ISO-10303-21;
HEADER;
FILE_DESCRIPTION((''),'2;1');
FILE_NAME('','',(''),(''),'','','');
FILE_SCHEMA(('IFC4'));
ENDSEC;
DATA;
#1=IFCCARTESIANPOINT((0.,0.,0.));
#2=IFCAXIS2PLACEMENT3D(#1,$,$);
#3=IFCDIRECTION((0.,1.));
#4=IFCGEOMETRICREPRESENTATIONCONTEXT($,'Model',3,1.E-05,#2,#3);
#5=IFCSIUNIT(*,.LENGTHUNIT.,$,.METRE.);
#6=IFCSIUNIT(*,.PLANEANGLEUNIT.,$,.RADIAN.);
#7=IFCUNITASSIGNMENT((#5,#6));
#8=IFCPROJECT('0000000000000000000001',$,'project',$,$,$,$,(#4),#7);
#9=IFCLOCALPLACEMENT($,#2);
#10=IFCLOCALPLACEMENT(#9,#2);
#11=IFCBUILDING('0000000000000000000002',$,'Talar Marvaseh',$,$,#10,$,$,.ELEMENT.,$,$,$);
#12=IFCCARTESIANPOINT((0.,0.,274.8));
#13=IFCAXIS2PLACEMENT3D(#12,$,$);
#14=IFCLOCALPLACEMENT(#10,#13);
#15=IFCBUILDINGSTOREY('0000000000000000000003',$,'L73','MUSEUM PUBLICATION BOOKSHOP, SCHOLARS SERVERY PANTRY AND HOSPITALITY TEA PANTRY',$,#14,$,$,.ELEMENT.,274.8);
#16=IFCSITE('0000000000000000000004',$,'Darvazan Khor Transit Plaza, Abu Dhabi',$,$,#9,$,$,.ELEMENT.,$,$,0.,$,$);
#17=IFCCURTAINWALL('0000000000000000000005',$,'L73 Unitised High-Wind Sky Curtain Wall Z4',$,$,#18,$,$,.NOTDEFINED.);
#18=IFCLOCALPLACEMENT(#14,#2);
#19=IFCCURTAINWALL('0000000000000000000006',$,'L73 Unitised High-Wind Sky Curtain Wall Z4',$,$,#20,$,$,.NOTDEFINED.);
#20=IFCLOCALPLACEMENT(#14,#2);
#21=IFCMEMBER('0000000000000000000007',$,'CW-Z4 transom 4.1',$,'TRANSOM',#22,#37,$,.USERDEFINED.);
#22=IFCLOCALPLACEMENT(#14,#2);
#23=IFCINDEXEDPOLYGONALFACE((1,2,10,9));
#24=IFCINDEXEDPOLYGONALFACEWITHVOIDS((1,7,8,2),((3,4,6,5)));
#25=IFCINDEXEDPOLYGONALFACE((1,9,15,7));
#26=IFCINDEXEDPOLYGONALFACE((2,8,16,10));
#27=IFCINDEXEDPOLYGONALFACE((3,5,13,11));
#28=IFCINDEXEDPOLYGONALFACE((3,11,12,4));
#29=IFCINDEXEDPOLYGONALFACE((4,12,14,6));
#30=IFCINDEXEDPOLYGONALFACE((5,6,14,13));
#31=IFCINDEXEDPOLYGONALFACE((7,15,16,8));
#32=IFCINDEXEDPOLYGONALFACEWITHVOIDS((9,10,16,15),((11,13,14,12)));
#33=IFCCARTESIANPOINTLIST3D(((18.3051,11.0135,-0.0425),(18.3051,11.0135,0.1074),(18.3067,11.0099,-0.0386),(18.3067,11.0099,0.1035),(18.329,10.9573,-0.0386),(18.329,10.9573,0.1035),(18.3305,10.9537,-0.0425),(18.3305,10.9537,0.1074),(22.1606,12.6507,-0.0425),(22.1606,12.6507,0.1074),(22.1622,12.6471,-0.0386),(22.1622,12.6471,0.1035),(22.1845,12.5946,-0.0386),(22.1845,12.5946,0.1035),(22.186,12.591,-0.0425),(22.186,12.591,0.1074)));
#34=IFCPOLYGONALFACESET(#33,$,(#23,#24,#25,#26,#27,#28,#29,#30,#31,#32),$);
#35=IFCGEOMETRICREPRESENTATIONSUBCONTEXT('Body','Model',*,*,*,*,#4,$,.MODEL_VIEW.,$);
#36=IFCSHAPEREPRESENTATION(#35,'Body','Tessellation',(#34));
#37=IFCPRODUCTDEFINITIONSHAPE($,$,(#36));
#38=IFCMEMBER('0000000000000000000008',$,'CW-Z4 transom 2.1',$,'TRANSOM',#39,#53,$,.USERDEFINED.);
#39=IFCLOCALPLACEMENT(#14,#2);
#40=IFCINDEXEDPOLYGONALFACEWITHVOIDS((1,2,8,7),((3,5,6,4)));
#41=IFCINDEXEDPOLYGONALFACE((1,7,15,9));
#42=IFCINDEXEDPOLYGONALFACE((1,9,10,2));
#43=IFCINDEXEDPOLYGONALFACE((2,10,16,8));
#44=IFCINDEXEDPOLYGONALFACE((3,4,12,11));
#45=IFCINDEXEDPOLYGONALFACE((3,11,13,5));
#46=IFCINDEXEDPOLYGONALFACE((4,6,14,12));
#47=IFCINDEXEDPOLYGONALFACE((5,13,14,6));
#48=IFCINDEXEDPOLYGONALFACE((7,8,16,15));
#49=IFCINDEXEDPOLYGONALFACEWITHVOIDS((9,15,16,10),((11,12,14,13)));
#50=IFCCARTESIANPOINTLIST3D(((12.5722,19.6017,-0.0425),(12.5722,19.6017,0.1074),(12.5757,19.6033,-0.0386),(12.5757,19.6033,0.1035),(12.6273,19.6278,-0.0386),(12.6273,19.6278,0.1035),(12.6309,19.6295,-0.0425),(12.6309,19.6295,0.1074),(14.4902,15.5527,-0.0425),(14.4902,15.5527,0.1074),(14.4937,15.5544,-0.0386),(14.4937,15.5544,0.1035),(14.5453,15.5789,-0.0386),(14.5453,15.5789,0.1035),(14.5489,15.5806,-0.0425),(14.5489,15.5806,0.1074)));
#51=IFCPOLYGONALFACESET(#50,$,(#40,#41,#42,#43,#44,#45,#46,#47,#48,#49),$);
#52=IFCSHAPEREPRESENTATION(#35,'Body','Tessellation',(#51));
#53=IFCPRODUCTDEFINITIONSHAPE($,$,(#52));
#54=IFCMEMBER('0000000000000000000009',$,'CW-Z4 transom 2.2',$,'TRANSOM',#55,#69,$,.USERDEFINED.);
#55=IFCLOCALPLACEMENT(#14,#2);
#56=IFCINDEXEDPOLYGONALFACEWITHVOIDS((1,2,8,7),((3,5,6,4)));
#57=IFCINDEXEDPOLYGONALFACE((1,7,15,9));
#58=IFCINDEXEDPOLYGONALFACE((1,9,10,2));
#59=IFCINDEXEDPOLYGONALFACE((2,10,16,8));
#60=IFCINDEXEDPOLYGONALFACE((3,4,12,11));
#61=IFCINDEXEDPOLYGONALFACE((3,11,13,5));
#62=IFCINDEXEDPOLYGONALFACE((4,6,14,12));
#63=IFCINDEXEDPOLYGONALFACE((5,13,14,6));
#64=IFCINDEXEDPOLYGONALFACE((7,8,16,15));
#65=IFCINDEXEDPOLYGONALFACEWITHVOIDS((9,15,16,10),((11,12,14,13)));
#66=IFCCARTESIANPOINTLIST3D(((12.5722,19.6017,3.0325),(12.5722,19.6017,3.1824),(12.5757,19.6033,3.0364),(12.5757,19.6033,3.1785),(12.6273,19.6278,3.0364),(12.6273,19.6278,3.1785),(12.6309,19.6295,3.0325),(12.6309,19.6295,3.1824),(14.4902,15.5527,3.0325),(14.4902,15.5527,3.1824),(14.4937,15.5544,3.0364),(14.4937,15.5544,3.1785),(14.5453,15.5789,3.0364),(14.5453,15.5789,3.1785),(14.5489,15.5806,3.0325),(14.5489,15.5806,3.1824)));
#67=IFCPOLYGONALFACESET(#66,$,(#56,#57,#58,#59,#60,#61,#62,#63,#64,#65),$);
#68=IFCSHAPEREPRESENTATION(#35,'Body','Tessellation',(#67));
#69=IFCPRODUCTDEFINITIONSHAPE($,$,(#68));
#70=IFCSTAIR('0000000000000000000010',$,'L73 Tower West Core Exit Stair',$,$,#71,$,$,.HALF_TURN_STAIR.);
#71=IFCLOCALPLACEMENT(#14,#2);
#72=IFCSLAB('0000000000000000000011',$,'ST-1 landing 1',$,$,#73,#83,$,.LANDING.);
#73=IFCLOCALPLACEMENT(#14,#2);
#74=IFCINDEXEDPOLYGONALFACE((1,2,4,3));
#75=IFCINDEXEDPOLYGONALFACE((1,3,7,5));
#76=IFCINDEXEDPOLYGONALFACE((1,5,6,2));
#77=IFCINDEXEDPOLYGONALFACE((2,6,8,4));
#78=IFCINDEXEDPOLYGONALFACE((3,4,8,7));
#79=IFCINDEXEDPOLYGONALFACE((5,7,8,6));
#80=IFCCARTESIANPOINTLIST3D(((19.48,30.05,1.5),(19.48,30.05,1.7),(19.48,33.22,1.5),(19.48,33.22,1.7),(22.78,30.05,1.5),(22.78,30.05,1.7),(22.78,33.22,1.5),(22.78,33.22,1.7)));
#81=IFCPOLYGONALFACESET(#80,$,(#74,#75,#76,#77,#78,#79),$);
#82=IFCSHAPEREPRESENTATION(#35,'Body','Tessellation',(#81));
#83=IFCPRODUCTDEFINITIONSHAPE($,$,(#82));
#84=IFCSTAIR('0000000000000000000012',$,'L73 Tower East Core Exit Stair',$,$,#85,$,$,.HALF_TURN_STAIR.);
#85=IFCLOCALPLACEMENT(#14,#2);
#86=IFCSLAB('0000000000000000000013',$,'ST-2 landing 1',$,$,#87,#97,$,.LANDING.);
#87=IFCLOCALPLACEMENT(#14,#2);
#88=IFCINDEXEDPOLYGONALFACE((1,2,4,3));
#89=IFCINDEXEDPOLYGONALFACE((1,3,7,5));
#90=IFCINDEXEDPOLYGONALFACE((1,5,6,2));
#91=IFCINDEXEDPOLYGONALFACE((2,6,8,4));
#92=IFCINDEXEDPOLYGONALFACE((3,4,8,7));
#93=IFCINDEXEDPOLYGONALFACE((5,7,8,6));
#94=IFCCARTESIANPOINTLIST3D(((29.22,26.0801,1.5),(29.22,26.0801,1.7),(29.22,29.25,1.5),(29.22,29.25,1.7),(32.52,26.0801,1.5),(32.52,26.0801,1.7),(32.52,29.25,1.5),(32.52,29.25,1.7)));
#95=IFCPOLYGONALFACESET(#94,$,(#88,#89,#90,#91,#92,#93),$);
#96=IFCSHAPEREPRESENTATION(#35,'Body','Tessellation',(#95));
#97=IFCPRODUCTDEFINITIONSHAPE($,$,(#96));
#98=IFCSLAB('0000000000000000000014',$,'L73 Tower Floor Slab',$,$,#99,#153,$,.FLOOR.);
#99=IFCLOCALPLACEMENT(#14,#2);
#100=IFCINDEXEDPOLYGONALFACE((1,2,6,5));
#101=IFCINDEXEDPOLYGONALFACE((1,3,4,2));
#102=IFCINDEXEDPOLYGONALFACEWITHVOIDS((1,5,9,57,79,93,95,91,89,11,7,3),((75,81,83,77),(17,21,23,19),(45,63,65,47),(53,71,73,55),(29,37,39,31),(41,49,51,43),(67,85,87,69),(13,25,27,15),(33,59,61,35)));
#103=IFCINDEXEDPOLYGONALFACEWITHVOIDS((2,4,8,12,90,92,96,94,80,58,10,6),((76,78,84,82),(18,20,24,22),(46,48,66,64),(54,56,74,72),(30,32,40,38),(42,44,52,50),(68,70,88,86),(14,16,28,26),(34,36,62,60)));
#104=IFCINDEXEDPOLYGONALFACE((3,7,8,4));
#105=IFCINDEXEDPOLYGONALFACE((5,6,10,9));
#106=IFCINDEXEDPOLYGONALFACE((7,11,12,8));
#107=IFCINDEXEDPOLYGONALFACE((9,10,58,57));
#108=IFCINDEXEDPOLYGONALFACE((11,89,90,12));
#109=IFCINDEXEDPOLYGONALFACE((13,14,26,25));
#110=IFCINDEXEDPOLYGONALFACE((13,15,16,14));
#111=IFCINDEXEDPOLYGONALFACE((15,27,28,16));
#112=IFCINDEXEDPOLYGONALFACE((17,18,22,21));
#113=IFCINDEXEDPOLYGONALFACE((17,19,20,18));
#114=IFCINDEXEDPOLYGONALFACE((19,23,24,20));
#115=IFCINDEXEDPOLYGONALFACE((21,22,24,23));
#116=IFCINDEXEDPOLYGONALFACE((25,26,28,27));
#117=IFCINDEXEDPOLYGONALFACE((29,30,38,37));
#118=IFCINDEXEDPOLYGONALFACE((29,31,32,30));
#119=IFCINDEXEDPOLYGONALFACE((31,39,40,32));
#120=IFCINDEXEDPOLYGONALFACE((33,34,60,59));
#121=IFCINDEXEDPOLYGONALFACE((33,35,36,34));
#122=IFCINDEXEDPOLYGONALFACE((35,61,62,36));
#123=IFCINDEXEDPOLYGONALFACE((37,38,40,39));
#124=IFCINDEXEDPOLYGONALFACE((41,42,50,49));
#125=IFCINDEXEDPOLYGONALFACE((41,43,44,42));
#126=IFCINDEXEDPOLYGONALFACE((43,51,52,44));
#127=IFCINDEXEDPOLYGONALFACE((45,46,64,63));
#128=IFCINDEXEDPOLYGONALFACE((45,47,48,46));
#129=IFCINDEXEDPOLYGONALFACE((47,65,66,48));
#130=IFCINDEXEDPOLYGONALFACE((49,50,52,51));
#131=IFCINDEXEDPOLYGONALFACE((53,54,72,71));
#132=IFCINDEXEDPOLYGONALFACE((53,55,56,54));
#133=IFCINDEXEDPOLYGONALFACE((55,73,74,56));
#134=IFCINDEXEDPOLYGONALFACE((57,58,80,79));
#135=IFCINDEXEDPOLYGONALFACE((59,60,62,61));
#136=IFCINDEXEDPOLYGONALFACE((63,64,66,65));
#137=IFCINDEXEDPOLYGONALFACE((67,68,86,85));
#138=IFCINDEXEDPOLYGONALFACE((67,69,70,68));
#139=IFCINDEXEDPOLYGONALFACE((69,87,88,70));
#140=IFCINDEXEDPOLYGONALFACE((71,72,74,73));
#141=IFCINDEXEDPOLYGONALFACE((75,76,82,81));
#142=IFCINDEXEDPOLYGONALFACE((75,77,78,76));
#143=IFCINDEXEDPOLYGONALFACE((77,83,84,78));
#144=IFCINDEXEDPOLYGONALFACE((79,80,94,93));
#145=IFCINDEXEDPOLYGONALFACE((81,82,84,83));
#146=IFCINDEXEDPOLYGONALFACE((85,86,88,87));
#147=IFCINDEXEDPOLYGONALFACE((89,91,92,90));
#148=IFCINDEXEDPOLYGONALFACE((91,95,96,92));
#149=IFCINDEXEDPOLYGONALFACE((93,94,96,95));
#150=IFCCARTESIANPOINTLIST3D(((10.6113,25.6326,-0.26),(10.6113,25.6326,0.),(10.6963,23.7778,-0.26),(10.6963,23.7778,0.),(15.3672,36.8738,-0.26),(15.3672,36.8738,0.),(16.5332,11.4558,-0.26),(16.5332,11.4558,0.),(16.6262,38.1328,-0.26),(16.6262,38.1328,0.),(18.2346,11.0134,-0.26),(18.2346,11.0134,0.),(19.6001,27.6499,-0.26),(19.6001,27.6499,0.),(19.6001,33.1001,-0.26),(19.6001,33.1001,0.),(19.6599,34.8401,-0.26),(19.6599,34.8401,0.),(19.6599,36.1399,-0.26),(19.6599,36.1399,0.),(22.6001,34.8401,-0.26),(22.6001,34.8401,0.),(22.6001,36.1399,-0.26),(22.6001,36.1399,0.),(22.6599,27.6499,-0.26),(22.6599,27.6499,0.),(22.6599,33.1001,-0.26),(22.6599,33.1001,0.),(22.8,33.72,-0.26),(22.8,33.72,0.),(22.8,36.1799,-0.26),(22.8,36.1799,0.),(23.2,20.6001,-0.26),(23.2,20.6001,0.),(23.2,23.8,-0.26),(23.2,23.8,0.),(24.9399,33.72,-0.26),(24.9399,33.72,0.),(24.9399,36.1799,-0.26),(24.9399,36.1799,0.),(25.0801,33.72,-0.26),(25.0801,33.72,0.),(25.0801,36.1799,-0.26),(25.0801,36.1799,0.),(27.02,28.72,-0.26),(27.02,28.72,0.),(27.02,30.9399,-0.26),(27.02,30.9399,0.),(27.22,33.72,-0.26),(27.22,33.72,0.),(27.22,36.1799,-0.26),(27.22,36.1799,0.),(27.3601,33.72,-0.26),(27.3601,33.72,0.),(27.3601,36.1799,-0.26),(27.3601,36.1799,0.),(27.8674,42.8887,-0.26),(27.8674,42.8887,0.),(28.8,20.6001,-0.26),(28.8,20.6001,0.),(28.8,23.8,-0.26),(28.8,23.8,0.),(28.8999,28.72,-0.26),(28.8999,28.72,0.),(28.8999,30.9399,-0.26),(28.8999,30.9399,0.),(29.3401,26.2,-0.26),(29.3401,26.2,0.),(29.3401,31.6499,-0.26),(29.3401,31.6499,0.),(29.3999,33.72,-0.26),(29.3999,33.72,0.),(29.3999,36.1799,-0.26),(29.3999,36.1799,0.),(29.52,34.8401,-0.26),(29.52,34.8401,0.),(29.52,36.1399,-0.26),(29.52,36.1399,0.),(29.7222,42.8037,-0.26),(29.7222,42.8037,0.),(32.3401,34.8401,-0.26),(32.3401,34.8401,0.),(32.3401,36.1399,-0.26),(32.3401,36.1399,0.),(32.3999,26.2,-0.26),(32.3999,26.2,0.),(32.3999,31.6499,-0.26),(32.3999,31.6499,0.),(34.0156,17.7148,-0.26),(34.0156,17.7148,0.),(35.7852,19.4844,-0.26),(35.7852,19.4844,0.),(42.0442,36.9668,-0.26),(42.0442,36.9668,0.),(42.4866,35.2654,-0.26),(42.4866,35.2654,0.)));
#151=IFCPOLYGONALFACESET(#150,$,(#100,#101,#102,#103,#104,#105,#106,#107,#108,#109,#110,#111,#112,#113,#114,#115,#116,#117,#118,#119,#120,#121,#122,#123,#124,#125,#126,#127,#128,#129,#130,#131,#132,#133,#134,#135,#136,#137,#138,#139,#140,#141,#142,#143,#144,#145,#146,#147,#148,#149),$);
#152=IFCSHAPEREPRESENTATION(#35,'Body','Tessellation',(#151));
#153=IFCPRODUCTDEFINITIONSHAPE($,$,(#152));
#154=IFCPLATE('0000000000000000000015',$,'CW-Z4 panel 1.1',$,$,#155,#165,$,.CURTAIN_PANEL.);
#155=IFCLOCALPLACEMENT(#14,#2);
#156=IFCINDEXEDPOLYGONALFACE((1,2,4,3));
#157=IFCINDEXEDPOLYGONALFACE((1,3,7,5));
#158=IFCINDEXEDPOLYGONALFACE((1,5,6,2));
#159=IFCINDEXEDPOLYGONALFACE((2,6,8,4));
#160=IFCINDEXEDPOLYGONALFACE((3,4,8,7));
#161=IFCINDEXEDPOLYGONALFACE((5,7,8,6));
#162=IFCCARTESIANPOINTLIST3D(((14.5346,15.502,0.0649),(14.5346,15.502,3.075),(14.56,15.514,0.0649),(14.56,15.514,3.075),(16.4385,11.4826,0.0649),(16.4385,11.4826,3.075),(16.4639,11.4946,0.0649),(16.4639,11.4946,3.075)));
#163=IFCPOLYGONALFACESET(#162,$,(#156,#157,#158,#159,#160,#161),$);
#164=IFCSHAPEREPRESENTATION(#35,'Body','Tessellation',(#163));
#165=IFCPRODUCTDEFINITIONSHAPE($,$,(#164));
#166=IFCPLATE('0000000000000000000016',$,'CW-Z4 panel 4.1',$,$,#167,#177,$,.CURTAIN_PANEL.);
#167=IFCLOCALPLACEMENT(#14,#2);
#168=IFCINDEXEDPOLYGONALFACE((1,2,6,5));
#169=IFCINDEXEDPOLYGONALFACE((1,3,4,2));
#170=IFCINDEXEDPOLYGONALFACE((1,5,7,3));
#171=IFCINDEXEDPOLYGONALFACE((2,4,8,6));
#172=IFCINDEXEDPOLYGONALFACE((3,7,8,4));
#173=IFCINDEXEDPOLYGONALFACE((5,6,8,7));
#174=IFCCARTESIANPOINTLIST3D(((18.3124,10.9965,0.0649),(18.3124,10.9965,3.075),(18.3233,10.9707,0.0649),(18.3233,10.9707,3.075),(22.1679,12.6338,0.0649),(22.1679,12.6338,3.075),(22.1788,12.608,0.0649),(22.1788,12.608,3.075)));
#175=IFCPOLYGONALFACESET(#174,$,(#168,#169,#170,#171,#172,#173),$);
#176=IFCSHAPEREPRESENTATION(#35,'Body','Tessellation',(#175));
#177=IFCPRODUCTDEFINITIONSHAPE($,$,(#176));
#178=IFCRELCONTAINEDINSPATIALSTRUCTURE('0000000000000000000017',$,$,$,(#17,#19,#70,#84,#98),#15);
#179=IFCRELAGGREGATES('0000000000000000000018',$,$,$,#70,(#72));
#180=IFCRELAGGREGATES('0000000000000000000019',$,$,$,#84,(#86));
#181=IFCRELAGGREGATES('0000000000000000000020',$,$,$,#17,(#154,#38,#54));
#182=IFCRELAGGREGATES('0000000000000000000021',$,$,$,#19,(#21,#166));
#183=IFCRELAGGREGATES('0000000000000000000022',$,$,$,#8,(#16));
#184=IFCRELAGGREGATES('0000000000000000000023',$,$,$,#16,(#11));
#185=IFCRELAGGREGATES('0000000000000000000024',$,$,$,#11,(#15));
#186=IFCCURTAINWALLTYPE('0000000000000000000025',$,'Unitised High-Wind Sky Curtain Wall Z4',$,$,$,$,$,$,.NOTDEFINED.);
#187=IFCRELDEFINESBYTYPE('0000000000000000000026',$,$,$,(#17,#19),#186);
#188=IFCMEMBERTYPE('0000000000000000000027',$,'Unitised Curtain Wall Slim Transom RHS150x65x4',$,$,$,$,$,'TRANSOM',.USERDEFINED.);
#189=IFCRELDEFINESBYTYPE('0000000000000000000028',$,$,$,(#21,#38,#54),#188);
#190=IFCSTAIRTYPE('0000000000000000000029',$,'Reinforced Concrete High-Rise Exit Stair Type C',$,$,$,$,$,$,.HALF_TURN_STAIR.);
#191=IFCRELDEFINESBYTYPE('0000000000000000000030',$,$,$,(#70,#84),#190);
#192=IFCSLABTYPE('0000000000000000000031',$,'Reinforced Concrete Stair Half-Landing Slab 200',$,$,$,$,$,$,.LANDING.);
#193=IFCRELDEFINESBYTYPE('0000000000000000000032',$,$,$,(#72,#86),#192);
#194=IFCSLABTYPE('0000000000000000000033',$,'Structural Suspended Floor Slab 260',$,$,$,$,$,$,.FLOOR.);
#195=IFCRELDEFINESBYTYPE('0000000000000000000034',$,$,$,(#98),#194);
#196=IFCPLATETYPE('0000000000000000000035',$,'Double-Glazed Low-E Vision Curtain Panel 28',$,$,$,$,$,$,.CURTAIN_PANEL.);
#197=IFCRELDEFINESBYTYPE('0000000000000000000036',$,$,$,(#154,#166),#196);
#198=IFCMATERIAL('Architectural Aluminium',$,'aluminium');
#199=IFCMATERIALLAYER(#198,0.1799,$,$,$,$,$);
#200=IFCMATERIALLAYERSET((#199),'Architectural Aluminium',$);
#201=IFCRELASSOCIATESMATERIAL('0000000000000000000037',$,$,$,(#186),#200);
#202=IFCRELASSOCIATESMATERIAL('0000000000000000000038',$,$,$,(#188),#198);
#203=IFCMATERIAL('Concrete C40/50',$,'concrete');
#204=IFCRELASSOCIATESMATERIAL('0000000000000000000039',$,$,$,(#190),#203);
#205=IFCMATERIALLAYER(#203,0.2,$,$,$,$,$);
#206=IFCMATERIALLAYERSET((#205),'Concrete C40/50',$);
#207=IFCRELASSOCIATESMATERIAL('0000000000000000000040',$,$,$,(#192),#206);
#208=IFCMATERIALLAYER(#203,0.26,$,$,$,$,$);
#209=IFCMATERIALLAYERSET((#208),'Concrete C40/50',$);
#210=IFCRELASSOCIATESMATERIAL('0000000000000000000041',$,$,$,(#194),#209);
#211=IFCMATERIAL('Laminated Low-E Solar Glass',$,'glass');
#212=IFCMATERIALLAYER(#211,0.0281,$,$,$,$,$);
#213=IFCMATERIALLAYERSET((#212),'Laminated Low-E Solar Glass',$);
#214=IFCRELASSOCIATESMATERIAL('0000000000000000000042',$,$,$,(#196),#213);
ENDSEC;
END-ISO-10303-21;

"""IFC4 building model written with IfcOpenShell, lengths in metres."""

from ifc_helpers import new_model, si_unit, direction, frame, origin, origin_2d, place, context, subcontext, project, spatial, polyline, rectangle, hollow_rectangle, outline, extrude, source, transform, mapped, material, layer, layer_set, material_profile, profile_set, type_object, type_shapes, element, aggregate, save


model = new_model("IFC4")

# Units and contexts
model_context = context("Model", 3, precision=1e-05, world=origin(), true_north=direction((0.0, 1.0)))
body_context = subcontext(model_context, "Body", "Model", "MODEL_VIEW")
ifc_project = project(units=[si_unit("LENGTHUNIT", "METRE"), si_unit("PLANEANGLEUNIT", "RADIAN")], contexts=[model_context])

# Site, building, storey
site_placement = place(None, origin())
site = spatial("IfcSite", under=ifc_project, at=site_placement, Name="Darvazan Khor Transit Plaza, Abu Dhabi", CompositionType="ELEMENT", RefElevation=0.0)
building_placement = place(site_placement, origin())
building = spatial("IfcBuilding", under=site, at=building_placement, Name="Talar Marvaseh", CompositionType="ELEMENT")
storey_placement = place(building_placement, frame((0.0, 0.0, 274.8)))
storey = spatial("IfcBuildingStorey", under=building, at=storey_placement, Name="L73", Description="MUSEUM PUBLICATION BOOKSHOP, SCHOLARS SERVERY PANTRY AND HOSPITALITY TEA PANTRY", CompositionType="ELEMENT", Elevation=274.8)

# Curtain wall
ifc_material_1 = material(Name="Architectural Aluminium", Category="aluminium")
ifc_layer_1 = layer(ifc_material_1, 0.1799)
ifc_layer_set_1 = layer_set([ifc_layer_1], Name="Architectural Aluminium")
curtain_wall_type = type_object("IfcCurtainWallType", Name="Unitised High-Wind Sky Curtain Wall Z4", PredefinedType="NOTDEFINED", material=ifc_layer_set_1)
curtain_wall_1_placement = place(storey_placement, origin())
curtain_wall_1 = element("IfcCurtainWall", 1, at=curtain_wall_1_placement, inside=storey, type_object=curtain_wall_type, Name="L73 Unitised High-Wind Sky Curtain Wall Z4", PredefinedType="NOTDEFINED")

# Curtain wall
curtain_wall_2_placement = place(storey_placement, origin())
curtain_wall_2 = element("IfcCurtainWall", 2, at=curtain_wall_2_placement, inside=storey, type_object=curtain_wall_type, Name="L73 Unitised High-Wind Sky Curtain Wall Z4", PredefinedType="NOTDEFINED")

# Members
ifc_material_profile_1 = material_profile(ifc_material_1, hollow_rectangle(XDim=0.0649, YDim=0.1499, WallThickness=0.0039, at=origin_2d()), Name="RHS150x65x4")
ifc_profile_set_1 = profile_set([ifc_material_profile_1], Name="Architectural Aluminium")
member_type_1 = type_object("IfcMemberType", Name="Unitised Curtain Wall Slim Transom RHS150x65x4", ElementType="TRANSOM", PredefinedType="USERDEFINED", material=ifc_profile_set_1)
shared_shape_1 = source(origin(), body_context, "Body", "SweptSolid", [
    extrude(hollow_rectangle(XDim=0.0649, YDim=0.1499, WallThickness=0.0039, at=origin_2d()), origin(), (0.0, 0.0, 1.0), 4.1887),
])
member_1_placement = place(storey_placement, frame((22.1733, 12.6208, 0.0325), z_axis=(-0.920448, -0.390864, 0.0), x_axis=(0.390864, -0.920448, 0.0)))
member_1 = element("IfcMember", 3, at=member_1_placement, type_object=member_type_1, Name="CW-Z4 transom 4.1", ObjectType="TRANSOM", PredefinedType="USERDEFINED", context=body_context, shape_type="MappedRepresentation", body=[
    mapped(shared_shape_1, transform((0.0, 0.0, 0.0), x_axis=(1.0, 0.0, 0.0), y_axis=(0.0, 1.0, 0.0), z_axis=(0.0, 0.0, 1.0), scale=1.0)),
])
shared_shape_2 = source(origin(), body_context, "Body", "SweptSolid", [
    extrude(hollow_rectangle(XDim=0.0649, YDim=0.1499, WallThickness=0.0039, at=origin_2d()), origin(), (0.0, 0.0, 1.0), 4.4802),
])
member_2_placement = place(storey_placement, frame((14.5195, 15.5667, 0.0325), z_axis=(-0.428105, 0.903729, 0.0), x_axis=(-0.903729, -0.428105, 0.0)))
member_2 = element("IfcMember", 4, at=member_2_placement, type_object=member_type_1, Name="CW-Z4 transom 2.1", ObjectType="TRANSOM", PredefinedType="USERDEFINED", context=body_context, shape_type="MappedRepresentation", body=[
    mapped(shared_shape_2, transform((0.0, 0.0, 0.0), x_axis=(1.0, 0.0, 0.0), y_axis=(0.0, 1.0, 0.0), z_axis=(0.0, 0.0, 1.0), scale=1.0)),
])
member_3_placement = place(storey_placement, frame((14.5195, 15.5667, 3.1074), z_axis=(-0.428105, 0.903729, 0.0), x_axis=(-0.903729, -0.428105, 0.0)))
member_3 = element("IfcMember", 5, at=member_3_placement, type_object=member_type_1, Name="CW-Z4 transom 2.2", ObjectType="TRANSOM", PredefinedType="USERDEFINED", context=body_context, shape_type="MappedRepresentation", body=[
    mapped(shared_shape_2, transform((0.0, 0.0, 0.0), x_axis=(1.0, 0.0, 0.0), y_axis=(0.0, 1.0, 0.0), z_axis=(0.0, 0.0, 1.0), scale=1.0)),
])

# Stairs, slabs
ifc_material_2 = material(Name="Concrete C40/50", Category="concrete")
stair_type = type_object("IfcStairType", Name="Reinforced Concrete High-Rise Exit Stair Type C", PredefinedType="HALF_TURN_STAIR", material=ifc_material_2)
stair_1_placement = place(storey_placement, origin())
stair_1 = element("IfcStair", 6, at=stair_1_placement, inside=storey, type_object=stair_type, Name="L73 Tower West Core Exit Stair", PredefinedType="HALF_TURN_STAIR")
ifc_layer_2 = layer(ifc_material_2, 0.2)
ifc_layer_set_2 = layer_set([ifc_layer_2], Name="Concrete C40/50")
slab_type_1 = type_object("IfcSlabType", Name="Reinforced Concrete Stair Half-Landing Slab 200", PredefinedType="LANDING", material=ifc_layer_set_2)
slab_1_placement = place(storey_placement, frame((0.0, 0.0, 1.5)))
slab_1 = element("IfcSlab", 7, at=slab_1_placement, type_object=slab_type_1, Name="ST-1 landing 1", PredefinedType="LANDING", context=body_context, shape_type="SweptSolid", body=[
    extrude(outline(polyline([(22.78, 30.05), (22.78, 33.22), (19.48, 33.22), (19.48, 30.05), (22.78, 30.05)])), origin(), (0.0, 0.0, 1.0), 0.2),
])
aggregate(stair_1, [slab_1])
stair_2_placement = place(storey_placement, origin())
stair_2 = element("IfcStair", 8, at=stair_2_placement, inside=storey, type_object=stair_type, Name="L73 Tower East Core Exit Stair", PredefinedType="HALF_TURN_STAIR")
slab_2_placement = place(storey_placement, frame((0.0, 0.0, 1.5)))
slab_2 = element("IfcSlab", 9, at=slab_2_placement, type_object=slab_type_1, Name="ST-2 landing 1", PredefinedType="LANDING", context=body_context, shape_type="SweptSolid", body=[
    extrude(outline(polyline([(29.22, 29.25), (29.22, 26.0801), (32.52, 26.0801), (32.52, 29.25), (29.22, 29.25)])), origin(), (0.0, 0.0, 1.0), 0.2),
])
aggregate(stair_2, [slab_2])

# Slab
ifc_layer_3 = layer(ifc_material_2, 0.26)
ifc_layer_set_3 = layer_set([ifc_layer_3], Name="Concrete C40/50")
slab_type_2 = type_object("IfcSlabType", Name="Structural Suspended Floor Slab 260", PredefinedType="FLOOR", material=ifc_layer_set_3)
slab_3_placement = place(storey_placement, frame((0.0, 0.0, -0.26)))
element("IfcSlab", 10, at=slab_3_placement, inside=storey, type_object=slab_type_2, Name="L73 Tower Floor Slab", PredefinedType="FLOOR", context=body_context, shape_type="SweptSolid", body=[
    extrude(outline(polyline([(18.2346, 11.0134), (16.5332, 11.4558), (10.6963, 23.7778), (10.6113, 25.6326), (15.3672, 36.8738), (16.6262, 38.1328), (27.8674, 42.8887), (29.7222, 42.8037), (42.0442, 36.9668), (42.4866, 35.2654), (35.7852, 19.4844), (34.0156, 17.7148), (18.2346, 11.0134)]), holes=[polyline([(22.6599, 27.6499), (22.6599, 33.1001), (19.6001, 33.1001), (19.6001, 27.6499), (22.6599, 27.6499)]), polyline([(29.3401, 31.6499), (29.3401, 26.2), (32.3999, 26.2), (32.3999, 31.6499), (29.3401, 31.6499)]), polyline([(22.8, 33.72), (24.9399, 33.72), (24.9399, 36.1799), (22.8, 36.1799), (22.8, 33.72)]), polyline([(25.0801, 33.72), (27.22, 33.72), (27.22, 36.1799), (25.0801, 36.1799), (25.0801, 33.72)]), polyline([(27.3601, 33.72), (29.3999, 33.72), (29.3999, 36.1799), (27.3601, 36.1799), (27.3601, 33.72)]), polyline([(27.02, 28.72), (28.8999, 28.72), (28.8999, 30.9399), (27.02, 30.9399), (27.02, 28.72)]), polyline([(19.6599, 34.8401), (22.6001, 34.8401), (22.6001, 36.1399), (19.6599, 36.1399), (19.6599, 34.8401)]), polyline([(29.52, 34.8401), (32.3401, 34.8401), (32.3401, 36.1399), (29.52, 36.1399), (29.52, 34.8401)]), polyline([(23.2, 20.6001), (28.8, 20.6001), (28.8, 23.8), (23.2, 23.8), (23.2, 20.6001)])]), origin(), (0.0, 0.0, 1.0), 0.26),
])

# Plates
ifc_material_3 = material(Name="Laminated Low-E Solar Glass", Category="glass")
ifc_layer_4 = layer(ifc_material_3, 0.0281)
ifc_layer_set_4 = layer_set([ifc_layer_4], Name="Laminated Low-E Solar Glass")
plate_type = type_object("IfcPlateType", Name="Double-Glazed Low-E Vision Curtain Panel 28", PredefinedType="CURTAIN_PANEL", material=ifc_layer_set_4)
shared_shape_3 = source(origin(), body_context, "Body", "SweptSolid", [
    extrude(rectangle(XDim=4.4475, YDim=0.0281, at=origin_2d()), origin(), (0.0, 0.0, 1.0), 3.01),
])
plate_1_placement = place(storey_placement, frame((15.4993, 13.4983, 0.0649), z_axis=(0.0, 0.0, 1.0), x_axis=(-0.42809, 0.903736, 0.0)))
plate_1 = element("IfcPlate", 11, at=plate_1_placement, type_object=plate_type, Name="CW-Z4 panel 1.1", PredefinedType="CURTAIN_PANEL", context=body_context, shape_type="MappedRepresentation", body=[
    mapped(shared_shape_3, transform((0.0, 0.0, 0.0), x_axis=(1.0, 0.0, 0.0), y_axis=(0.0, 1.0, 0.0), z_axis=(0.0, 0.0, 1.0), scale=1.0)),
])
aggregate(curtain_wall_1, [plate_1, member_2, member_3])
shared_shape_4 = source(origin(), body_context, "Body", "SweptSolid", [
    extrude(rectangle(XDim=4.1887, YDim=0.0281, at=origin_2d()), origin(), (0.0, 0.0, 1.0), 3.01),
])
type_shapes(plate_type, [shared_shape_3, shared_shape_4])
plate_2_placement = place(storey_placement, frame((20.2456, 11.8022, 0.0649), z_axis=(0.0, 0.0, 1.0), x_axis=(-0.920445, -0.390873, 0.0)))
plate_2 = element("IfcPlate", 12, at=plate_2_placement, type_object=plate_type, Name="CW-Z4 panel 4.1", PredefinedType="CURTAIN_PANEL", context=body_context, shape_type="MappedRepresentation", body=[
    mapped(shared_shape_4, transform((0.0, 0.0, 0.0), x_axis=(1.0, 0.0, 0.0), y_axis=(0.0, 1.0, 0.0), z_axis=(0.0, 0.0, 1.0), scale=1.0)),
])
aggregate(curtain_wall_2, [member_1, plate_2])

save(model, "model.ifc")
